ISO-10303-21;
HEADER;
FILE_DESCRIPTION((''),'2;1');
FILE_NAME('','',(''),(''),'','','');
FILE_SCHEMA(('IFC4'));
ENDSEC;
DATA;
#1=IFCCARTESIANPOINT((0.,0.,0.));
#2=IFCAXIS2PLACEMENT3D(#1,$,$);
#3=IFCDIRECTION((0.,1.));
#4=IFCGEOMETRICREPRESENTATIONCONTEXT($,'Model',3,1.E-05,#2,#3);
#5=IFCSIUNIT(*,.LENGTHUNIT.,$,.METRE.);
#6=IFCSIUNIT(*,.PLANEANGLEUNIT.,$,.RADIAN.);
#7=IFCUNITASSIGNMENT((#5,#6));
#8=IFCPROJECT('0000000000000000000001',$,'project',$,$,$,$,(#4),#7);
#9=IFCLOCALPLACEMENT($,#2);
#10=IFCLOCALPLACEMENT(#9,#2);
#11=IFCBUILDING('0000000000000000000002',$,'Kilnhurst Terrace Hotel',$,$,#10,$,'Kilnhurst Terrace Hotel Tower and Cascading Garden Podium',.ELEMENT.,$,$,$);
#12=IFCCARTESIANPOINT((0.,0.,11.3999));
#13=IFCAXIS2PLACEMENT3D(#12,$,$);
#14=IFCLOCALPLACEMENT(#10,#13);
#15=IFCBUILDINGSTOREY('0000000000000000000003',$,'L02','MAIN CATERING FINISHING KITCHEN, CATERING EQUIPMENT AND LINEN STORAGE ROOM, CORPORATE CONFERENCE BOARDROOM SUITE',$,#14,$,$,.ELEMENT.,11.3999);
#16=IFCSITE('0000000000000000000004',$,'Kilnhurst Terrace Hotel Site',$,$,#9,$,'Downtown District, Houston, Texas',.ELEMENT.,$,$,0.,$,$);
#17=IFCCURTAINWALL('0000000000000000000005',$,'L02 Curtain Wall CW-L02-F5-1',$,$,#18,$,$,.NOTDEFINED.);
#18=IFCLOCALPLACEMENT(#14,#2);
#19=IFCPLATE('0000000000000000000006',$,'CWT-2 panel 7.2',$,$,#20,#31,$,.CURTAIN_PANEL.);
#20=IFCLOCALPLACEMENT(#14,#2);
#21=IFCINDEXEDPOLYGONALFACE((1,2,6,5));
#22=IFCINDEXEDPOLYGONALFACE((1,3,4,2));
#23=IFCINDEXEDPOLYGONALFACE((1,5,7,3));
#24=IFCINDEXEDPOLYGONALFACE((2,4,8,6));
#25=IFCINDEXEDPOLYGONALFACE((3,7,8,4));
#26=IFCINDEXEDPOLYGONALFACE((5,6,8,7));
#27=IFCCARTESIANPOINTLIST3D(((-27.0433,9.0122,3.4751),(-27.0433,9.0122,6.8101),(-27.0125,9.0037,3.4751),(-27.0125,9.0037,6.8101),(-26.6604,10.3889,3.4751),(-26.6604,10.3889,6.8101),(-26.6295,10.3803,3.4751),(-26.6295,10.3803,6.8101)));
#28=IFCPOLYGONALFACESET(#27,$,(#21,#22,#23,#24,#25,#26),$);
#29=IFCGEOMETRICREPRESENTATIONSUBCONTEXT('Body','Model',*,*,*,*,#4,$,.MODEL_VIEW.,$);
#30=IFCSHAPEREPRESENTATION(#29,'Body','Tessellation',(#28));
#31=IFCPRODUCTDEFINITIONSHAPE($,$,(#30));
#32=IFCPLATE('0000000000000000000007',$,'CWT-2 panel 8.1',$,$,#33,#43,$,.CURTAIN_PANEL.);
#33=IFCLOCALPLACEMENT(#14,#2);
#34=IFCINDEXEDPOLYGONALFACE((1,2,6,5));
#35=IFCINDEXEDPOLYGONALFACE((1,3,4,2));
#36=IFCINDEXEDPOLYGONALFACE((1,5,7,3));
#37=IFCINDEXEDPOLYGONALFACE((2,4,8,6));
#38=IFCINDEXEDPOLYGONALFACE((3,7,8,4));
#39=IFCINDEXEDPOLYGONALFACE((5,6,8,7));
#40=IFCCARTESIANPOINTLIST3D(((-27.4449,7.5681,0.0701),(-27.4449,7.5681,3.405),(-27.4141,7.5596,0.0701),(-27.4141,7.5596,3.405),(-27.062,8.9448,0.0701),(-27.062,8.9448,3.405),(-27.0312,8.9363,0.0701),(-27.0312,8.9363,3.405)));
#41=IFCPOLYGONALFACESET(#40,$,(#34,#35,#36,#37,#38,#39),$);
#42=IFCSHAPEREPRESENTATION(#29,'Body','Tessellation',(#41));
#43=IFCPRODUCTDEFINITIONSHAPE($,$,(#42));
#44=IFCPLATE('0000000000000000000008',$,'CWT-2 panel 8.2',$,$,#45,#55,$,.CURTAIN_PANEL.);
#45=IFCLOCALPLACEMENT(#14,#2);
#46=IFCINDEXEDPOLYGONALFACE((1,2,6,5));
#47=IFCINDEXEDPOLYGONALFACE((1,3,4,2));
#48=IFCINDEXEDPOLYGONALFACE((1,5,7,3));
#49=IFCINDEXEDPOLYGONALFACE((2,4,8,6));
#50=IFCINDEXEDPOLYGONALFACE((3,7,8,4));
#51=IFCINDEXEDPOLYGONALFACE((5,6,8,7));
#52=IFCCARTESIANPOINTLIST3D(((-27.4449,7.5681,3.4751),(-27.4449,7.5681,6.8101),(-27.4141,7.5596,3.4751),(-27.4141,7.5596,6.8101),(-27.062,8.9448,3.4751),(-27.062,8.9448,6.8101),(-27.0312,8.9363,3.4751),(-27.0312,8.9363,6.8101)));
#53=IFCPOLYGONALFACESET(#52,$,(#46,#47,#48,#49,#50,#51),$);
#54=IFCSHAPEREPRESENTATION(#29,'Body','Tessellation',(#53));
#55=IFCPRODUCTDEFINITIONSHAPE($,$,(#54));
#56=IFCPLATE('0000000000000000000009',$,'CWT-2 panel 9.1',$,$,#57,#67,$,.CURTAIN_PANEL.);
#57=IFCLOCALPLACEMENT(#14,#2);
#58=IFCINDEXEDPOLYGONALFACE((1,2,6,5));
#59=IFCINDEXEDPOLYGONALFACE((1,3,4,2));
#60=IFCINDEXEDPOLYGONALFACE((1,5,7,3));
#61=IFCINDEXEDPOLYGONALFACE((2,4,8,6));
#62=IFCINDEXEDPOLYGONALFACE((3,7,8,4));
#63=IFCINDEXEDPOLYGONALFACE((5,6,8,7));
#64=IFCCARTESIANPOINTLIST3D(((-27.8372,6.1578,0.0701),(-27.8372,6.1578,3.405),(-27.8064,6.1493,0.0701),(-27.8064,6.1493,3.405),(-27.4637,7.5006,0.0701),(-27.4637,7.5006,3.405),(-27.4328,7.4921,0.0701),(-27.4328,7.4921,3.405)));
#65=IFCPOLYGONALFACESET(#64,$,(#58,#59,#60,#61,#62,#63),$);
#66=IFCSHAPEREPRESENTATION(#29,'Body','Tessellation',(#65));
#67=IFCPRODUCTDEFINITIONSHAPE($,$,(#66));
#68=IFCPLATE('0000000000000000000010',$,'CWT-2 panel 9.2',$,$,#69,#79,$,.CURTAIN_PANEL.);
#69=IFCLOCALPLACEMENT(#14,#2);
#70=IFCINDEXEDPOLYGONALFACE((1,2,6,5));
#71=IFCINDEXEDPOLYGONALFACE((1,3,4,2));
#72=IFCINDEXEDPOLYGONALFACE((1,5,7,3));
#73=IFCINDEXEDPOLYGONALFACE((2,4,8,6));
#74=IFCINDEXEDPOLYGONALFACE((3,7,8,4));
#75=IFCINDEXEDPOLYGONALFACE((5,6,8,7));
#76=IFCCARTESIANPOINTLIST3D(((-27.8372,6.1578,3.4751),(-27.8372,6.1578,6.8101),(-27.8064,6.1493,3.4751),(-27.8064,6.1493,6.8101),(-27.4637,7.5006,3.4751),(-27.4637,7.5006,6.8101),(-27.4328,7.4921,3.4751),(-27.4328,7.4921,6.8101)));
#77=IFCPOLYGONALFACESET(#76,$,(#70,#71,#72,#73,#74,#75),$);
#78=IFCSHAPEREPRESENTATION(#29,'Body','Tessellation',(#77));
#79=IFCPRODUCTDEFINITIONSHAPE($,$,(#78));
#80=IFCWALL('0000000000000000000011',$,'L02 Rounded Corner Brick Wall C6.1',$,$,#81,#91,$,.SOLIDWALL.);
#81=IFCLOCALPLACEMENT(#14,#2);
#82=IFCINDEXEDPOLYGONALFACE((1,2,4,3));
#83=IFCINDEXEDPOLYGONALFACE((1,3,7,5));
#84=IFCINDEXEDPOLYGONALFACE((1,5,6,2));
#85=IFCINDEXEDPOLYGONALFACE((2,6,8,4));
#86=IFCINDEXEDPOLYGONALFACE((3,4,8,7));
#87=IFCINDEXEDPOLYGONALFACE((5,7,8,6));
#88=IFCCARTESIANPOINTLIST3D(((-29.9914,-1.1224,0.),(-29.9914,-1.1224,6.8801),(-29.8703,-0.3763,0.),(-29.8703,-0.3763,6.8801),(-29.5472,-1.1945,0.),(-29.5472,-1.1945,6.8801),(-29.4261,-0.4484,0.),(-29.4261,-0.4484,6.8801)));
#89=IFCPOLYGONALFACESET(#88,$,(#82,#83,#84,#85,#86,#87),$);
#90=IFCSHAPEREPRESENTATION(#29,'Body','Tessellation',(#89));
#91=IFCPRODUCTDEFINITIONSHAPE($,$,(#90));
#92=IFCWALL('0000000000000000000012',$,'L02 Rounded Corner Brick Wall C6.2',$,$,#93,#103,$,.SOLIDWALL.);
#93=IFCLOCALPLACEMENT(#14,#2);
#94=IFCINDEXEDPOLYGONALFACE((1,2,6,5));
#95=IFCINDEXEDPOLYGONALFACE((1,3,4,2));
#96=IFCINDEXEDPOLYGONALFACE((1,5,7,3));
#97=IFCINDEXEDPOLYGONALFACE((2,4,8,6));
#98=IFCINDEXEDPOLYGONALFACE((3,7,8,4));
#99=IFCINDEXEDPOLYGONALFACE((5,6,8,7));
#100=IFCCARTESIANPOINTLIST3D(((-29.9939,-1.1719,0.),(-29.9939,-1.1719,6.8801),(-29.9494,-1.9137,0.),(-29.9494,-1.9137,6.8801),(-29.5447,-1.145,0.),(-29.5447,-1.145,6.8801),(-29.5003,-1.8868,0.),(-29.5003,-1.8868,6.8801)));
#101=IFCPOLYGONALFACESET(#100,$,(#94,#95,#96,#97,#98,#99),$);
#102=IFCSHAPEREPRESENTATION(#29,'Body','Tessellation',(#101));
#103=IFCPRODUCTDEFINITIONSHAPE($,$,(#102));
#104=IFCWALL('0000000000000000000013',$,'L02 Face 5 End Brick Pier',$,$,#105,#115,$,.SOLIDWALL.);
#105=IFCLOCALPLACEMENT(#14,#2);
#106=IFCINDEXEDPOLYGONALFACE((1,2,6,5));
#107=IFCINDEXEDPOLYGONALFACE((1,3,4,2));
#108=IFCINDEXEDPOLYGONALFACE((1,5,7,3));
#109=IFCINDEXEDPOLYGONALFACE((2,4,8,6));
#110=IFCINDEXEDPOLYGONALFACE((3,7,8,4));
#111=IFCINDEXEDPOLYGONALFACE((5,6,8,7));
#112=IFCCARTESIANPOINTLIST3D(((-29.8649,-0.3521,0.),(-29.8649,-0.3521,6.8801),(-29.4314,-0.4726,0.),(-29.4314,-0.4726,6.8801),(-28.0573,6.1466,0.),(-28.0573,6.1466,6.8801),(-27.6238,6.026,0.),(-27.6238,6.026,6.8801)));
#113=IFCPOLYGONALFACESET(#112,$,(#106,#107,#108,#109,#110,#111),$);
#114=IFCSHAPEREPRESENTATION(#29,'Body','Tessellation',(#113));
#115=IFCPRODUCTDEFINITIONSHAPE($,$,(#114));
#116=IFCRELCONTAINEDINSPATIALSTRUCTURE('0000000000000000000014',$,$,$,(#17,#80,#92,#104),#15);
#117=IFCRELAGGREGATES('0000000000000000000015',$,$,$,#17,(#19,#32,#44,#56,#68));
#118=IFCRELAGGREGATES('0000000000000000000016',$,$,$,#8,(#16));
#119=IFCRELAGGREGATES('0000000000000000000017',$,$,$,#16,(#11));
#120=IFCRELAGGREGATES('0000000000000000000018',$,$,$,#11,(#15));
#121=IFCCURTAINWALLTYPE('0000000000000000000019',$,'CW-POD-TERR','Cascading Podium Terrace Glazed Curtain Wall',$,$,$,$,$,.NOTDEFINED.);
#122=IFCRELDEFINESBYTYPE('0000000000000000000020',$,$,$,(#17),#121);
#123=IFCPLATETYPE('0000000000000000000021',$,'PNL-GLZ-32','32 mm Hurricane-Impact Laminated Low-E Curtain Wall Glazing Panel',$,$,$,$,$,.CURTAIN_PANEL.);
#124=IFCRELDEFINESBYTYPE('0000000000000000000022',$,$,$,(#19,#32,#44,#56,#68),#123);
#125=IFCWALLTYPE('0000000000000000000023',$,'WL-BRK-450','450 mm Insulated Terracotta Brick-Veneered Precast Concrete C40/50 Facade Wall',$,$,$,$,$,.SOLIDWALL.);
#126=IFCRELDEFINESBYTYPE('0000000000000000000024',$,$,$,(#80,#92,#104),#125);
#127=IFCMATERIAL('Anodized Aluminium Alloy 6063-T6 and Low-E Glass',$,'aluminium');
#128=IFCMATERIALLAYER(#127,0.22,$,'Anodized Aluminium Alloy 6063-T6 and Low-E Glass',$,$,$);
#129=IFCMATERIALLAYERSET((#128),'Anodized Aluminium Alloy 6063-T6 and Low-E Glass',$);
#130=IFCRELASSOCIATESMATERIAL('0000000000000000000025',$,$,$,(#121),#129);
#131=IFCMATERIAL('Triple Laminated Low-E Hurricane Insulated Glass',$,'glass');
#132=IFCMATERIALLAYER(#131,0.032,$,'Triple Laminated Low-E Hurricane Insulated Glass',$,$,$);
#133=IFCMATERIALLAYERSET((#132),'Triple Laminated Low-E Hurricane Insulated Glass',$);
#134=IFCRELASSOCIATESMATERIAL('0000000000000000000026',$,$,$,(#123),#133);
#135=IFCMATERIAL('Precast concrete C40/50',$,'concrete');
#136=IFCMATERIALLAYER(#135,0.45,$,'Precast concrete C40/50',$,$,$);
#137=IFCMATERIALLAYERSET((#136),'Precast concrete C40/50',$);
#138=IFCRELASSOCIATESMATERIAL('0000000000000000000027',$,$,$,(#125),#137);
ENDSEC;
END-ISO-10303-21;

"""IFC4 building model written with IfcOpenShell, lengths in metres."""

from ifc_helpers import new_model, si_unit, direction, frame, frame_2d, origin, origin_2d, place, context, subcontext, project, spatial, rectangle, extrude, material, layer, layer_set, type_object, element, aggregate, save


model = new_model("IFC4")

# Units and contexts
model_context = context("Model", 3, precision=1e-05, world=origin(), true_north=direction((0.0, 1.0)))
body_context = subcontext(model_context, "Body", "Model", "MODEL_VIEW")
ifc_project = project(units=[si_unit("LENGTHUNIT", "METRE"), si_unit("PLANEANGLEUNIT", "RADIAN")], contexts=[model_context])

# Site, building, storey
site_placement = place(None, origin())
site = spatial("IfcSite", under=ifc_project, at=site_placement, Name="Kilnhurst Terrace Hotel Site", LongName="Downtown District, Houston, Texas", CompositionType="ELEMENT", RefElevation=0.0)
building_placement = place(site_placement, origin())
building = spatial("IfcBuilding", under=site, at=building_placement, Name="Kilnhurst Terrace Hotel", LongName="Kilnhurst Terrace Hotel Tower and Cascading Garden Podium", CompositionType="ELEMENT")
storey_placement = place(building_placement, frame((0.0, 0.0, 11.3999)))
storey = spatial("IfcBuildingStorey", under=building, at=storey_placement, Name="L02", Description="MAIN CATERING FINISHING KITCHEN, CATERING EQUIPMENT AND LINEN STORAGE ROOM, CORPORATE CONFERENCE BOARDROOM SUITE", CompositionType="ELEMENT", Elevation=11.3999)

# Curtain wall, plates
ifc_material_1 = material(Name="Anodized Aluminium Alloy 6063-T6 and Low-E Glass", Category="aluminium")
ifc_layer_1 = layer(ifc_material_1, 0.22, Name="Anodized Aluminium Alloy 6063-T6 and Low-E Glass")
ifc_layer_set_1 = layer_set([ifc_layer_1], Name="Anodized Aluminium Alloy 6063-T6 and Low-E Glass")
curtain_wall_type = type_object("IfcCurtainWallType", Name="CW-POD-TERR", Description="Cascading Podium Terrace Glazed Curtain Wall", PredefinedType="NOTDEFINED", material=ifc_layer_set_1)
curtain_wall_placement = place(storey_placement, origin())
curtain_wall = element("IfcCurtainWall", 1, at=curtain_wall_placement, inside=storey, type_object=curtain_wall_type, Name="L02 Curtain Wall CW-L02-F5-1", PredefinedType="NOTDEFINED")
ifc_material_2 = material(Name="Triple Laminated Low-E Hurricane Insulated Glass", Category="glass")
ifc_layer_2 = layer(ifc_material_2, 0.032, Name="Triple Laminated Low-E Hurricane Insulated Glass")
ifc_layer_set_2 = layer_set([ifc_layer_2], Name="Triple Laminated Low-E Hurricane Insulated Glass")
plate_type = type_object("IfcPlateType", Name="PNL-GLZ-32", Description="32 mm Hurricane-Impact Laminated Low-E Curtain Wall Glazing Panel", PredefinedType="CURTAIN_PANEL", material=ifc_layer_set_2)
plate_1_placement = place(storey_placement, frame((-26.8364, 9.6963, 3.4751), z_axis=(0.0, 0.0, 1.0), x_axis=(-0.267992, -0.963421, 0.0)))
plate_1 = element("IfcPlate", 2, at=plate_1_placement, type_object=plate_type, Name="CWT-2 panel 7.2", PredefinedType="CURTAIN_PANEL", context=body_context, shape_type="SweptSolid", body=[
    extrude(rectangle(XDim=1.429, YDim=0.032, at=origin_2d()), origin(), (0.0, 0.0, 1.0), 3.335),
])
plate_2_placement = place(storey_placement, frame((-27.238, 8.2522, 0.0701), z_axis=(0.0, 0.0, 1.0), x_axis=(-0.267992, -0.963421, 0.0)))
plate_2 = element("IfcPlate", 3, at=plate_2_placement, type_object=plate_type, Name="CWT-2 panel 8.1", PredefinedType="CURTAIN_PANEL", context=body_context, shape_type="SweptSolid", body=[
    extrude(rectangle(XDim=1.429, YDim=0.032, at=origin_2d()), origin(), (0.0, 0.0, 1.0), 3.335),
])
plate_3_placement = place(storey_placement, frame((-27.238, 8.2522, 3.4751), z_axis=(0.0, 0.0, 1.0), x_axis=(-0.267992, -0.963421, 0.0)))
plate_3 = element("IfcPlate", 4, at=plate_3_placement, type_object=plate_type, Name="CWT-2 panel 8.2", PredefinedType="CURTAIN_PANEL", context=body_context, shape_type="SweptSolid", body=[
    extrude(rectangle(XDim=1.429, YDim=0.032, at=origin_2d()), origin(), (0.0, 0.0, 1.0), 3.335),
])
plate_4_placement = place(storey_placement, frame((-27.635, 6.825, 0.0701), z_axis=(0.0, 0.0, 1.0), x_axis=(-0.267992, -0.963421, 0.0)))
plate_4 = element("IfcPlate", 5, at=plate_4_placement, type_object=plate_type, Name="CWT-2 panel 9.1", PredefinedType="CURTAIN_PANEL", context=body_context, shape_type="SweptSolid", body=[
    extrude(rectangle(XDim=1.3938, YDim=0.032, at=origin_2d()), origin(), (0.0, 0.0, 1.0), 3.335),
])
plate_5_placement = place(storey_placement, frame((-27.635, 6.825, 3.4751), z_axis=(0.0, 0.0, 1.0), x_axis=(-0.267992, -0.963421, 0.0)))
plate_5 = element("IfcPlate", 6, at=plate_5_placement, type_object=plate_type, Name="CWT-2 panel 9.2", PredefinedType="CURTAIN_PANEL", context=body_context, shape_type="SweptSolid", body=[
    extrude(rectangle(XDim=1.3938, YDim=0.032, at=origin_2d()), origin(), (0.0, 0.0, 1.0), 3.335),
])
aggregate(curtain_wall, [plate_1, plate_2, plate_3, plate_4, plate_5])

# Walls
ifc_material_3 = material(Name="Precast concrete C40/50", Category="concrete")
ifc_layer_3 = layer(ifc_material_3, 0.45, Name="Precast concrete C40/50")
ifc_layer_set_3 = layer_set([ifc_layer_3], Name="Precast concrete C40/50")
wall_type = type_object("IfcWallType", Name="WL-BRK-450", Description="450 mm Insulated Terracotta Brick-Veneered Precast Concrete C40/50 Facade Wall", PredefinedType="SOLIDWALL", material=ifc_layer_set_3)
wall_1_placement = place(storey_placement, frame((-29.6482, -0.4124, 0.0), z_axis=(0.0, 0.0, 1.0), x_axis=(-0.160207, -0.987083, 0.0)))
element("IfcWall", 7, at=wall_1_placement, inside=storey, type_object=wall_type, Name="L02 Rounded Corner Brick Wall C6.1", PredefinedType="SOLIDWALL", context=body_context, shape_type="SweptSolid", body=[
    extrude(rectangle(XDim=0.7559, YDim=0.45, at=frame_2d((0.3779, 0.0))), origin(), (0.0, 0.0, 1.0), 6.8801),
])
wall_2_placement = place(storey_placement, frame((-29.7693, -1.1584, 0.0), z_axis=(0.0, 0.0, 1.0), x_axis=(0.059781, -0.998212, 0.0)))
element("IfcWall", 8, at=wall_2_placement, inside=storey, type_object=wall_type, Name="L02 Rounded Corner Brick Wall C6.2", PredefinedType="SOLIDWALL", context=body_context, shape_type="SweptSolid", body=[
    extrude(rectangle(XDim=0.7432, YDim=0.45, at=frame_2d((0.3716, 0.0))), origin(), (0.0, 0.0, 1.0), 6.8801),
])
wall_3_placement = place(storey_placement, frame((-27.8406, 6.0862, 0.0), z_axis=(0.0, 0.0, 1.0), x_axis=(-0.267984, -0.963423, 0.0)))
element("IfcWall", 9, at=wall_3_placement, inside=storey, type_object=wall_type, Name="L02 Face 5 End Brick Pier", PredefinedType="SOLIDWALL", context=body_context, shape_type="SweptSolid", body=[
    extrude(rectangle(XDim=6.7454, YDim=0.45, at=frame_2d((3.3726, 0.0))), origin(), (0.0, 0.0, 1.0), 6.8801),
])

save(model, "model.ifc")
